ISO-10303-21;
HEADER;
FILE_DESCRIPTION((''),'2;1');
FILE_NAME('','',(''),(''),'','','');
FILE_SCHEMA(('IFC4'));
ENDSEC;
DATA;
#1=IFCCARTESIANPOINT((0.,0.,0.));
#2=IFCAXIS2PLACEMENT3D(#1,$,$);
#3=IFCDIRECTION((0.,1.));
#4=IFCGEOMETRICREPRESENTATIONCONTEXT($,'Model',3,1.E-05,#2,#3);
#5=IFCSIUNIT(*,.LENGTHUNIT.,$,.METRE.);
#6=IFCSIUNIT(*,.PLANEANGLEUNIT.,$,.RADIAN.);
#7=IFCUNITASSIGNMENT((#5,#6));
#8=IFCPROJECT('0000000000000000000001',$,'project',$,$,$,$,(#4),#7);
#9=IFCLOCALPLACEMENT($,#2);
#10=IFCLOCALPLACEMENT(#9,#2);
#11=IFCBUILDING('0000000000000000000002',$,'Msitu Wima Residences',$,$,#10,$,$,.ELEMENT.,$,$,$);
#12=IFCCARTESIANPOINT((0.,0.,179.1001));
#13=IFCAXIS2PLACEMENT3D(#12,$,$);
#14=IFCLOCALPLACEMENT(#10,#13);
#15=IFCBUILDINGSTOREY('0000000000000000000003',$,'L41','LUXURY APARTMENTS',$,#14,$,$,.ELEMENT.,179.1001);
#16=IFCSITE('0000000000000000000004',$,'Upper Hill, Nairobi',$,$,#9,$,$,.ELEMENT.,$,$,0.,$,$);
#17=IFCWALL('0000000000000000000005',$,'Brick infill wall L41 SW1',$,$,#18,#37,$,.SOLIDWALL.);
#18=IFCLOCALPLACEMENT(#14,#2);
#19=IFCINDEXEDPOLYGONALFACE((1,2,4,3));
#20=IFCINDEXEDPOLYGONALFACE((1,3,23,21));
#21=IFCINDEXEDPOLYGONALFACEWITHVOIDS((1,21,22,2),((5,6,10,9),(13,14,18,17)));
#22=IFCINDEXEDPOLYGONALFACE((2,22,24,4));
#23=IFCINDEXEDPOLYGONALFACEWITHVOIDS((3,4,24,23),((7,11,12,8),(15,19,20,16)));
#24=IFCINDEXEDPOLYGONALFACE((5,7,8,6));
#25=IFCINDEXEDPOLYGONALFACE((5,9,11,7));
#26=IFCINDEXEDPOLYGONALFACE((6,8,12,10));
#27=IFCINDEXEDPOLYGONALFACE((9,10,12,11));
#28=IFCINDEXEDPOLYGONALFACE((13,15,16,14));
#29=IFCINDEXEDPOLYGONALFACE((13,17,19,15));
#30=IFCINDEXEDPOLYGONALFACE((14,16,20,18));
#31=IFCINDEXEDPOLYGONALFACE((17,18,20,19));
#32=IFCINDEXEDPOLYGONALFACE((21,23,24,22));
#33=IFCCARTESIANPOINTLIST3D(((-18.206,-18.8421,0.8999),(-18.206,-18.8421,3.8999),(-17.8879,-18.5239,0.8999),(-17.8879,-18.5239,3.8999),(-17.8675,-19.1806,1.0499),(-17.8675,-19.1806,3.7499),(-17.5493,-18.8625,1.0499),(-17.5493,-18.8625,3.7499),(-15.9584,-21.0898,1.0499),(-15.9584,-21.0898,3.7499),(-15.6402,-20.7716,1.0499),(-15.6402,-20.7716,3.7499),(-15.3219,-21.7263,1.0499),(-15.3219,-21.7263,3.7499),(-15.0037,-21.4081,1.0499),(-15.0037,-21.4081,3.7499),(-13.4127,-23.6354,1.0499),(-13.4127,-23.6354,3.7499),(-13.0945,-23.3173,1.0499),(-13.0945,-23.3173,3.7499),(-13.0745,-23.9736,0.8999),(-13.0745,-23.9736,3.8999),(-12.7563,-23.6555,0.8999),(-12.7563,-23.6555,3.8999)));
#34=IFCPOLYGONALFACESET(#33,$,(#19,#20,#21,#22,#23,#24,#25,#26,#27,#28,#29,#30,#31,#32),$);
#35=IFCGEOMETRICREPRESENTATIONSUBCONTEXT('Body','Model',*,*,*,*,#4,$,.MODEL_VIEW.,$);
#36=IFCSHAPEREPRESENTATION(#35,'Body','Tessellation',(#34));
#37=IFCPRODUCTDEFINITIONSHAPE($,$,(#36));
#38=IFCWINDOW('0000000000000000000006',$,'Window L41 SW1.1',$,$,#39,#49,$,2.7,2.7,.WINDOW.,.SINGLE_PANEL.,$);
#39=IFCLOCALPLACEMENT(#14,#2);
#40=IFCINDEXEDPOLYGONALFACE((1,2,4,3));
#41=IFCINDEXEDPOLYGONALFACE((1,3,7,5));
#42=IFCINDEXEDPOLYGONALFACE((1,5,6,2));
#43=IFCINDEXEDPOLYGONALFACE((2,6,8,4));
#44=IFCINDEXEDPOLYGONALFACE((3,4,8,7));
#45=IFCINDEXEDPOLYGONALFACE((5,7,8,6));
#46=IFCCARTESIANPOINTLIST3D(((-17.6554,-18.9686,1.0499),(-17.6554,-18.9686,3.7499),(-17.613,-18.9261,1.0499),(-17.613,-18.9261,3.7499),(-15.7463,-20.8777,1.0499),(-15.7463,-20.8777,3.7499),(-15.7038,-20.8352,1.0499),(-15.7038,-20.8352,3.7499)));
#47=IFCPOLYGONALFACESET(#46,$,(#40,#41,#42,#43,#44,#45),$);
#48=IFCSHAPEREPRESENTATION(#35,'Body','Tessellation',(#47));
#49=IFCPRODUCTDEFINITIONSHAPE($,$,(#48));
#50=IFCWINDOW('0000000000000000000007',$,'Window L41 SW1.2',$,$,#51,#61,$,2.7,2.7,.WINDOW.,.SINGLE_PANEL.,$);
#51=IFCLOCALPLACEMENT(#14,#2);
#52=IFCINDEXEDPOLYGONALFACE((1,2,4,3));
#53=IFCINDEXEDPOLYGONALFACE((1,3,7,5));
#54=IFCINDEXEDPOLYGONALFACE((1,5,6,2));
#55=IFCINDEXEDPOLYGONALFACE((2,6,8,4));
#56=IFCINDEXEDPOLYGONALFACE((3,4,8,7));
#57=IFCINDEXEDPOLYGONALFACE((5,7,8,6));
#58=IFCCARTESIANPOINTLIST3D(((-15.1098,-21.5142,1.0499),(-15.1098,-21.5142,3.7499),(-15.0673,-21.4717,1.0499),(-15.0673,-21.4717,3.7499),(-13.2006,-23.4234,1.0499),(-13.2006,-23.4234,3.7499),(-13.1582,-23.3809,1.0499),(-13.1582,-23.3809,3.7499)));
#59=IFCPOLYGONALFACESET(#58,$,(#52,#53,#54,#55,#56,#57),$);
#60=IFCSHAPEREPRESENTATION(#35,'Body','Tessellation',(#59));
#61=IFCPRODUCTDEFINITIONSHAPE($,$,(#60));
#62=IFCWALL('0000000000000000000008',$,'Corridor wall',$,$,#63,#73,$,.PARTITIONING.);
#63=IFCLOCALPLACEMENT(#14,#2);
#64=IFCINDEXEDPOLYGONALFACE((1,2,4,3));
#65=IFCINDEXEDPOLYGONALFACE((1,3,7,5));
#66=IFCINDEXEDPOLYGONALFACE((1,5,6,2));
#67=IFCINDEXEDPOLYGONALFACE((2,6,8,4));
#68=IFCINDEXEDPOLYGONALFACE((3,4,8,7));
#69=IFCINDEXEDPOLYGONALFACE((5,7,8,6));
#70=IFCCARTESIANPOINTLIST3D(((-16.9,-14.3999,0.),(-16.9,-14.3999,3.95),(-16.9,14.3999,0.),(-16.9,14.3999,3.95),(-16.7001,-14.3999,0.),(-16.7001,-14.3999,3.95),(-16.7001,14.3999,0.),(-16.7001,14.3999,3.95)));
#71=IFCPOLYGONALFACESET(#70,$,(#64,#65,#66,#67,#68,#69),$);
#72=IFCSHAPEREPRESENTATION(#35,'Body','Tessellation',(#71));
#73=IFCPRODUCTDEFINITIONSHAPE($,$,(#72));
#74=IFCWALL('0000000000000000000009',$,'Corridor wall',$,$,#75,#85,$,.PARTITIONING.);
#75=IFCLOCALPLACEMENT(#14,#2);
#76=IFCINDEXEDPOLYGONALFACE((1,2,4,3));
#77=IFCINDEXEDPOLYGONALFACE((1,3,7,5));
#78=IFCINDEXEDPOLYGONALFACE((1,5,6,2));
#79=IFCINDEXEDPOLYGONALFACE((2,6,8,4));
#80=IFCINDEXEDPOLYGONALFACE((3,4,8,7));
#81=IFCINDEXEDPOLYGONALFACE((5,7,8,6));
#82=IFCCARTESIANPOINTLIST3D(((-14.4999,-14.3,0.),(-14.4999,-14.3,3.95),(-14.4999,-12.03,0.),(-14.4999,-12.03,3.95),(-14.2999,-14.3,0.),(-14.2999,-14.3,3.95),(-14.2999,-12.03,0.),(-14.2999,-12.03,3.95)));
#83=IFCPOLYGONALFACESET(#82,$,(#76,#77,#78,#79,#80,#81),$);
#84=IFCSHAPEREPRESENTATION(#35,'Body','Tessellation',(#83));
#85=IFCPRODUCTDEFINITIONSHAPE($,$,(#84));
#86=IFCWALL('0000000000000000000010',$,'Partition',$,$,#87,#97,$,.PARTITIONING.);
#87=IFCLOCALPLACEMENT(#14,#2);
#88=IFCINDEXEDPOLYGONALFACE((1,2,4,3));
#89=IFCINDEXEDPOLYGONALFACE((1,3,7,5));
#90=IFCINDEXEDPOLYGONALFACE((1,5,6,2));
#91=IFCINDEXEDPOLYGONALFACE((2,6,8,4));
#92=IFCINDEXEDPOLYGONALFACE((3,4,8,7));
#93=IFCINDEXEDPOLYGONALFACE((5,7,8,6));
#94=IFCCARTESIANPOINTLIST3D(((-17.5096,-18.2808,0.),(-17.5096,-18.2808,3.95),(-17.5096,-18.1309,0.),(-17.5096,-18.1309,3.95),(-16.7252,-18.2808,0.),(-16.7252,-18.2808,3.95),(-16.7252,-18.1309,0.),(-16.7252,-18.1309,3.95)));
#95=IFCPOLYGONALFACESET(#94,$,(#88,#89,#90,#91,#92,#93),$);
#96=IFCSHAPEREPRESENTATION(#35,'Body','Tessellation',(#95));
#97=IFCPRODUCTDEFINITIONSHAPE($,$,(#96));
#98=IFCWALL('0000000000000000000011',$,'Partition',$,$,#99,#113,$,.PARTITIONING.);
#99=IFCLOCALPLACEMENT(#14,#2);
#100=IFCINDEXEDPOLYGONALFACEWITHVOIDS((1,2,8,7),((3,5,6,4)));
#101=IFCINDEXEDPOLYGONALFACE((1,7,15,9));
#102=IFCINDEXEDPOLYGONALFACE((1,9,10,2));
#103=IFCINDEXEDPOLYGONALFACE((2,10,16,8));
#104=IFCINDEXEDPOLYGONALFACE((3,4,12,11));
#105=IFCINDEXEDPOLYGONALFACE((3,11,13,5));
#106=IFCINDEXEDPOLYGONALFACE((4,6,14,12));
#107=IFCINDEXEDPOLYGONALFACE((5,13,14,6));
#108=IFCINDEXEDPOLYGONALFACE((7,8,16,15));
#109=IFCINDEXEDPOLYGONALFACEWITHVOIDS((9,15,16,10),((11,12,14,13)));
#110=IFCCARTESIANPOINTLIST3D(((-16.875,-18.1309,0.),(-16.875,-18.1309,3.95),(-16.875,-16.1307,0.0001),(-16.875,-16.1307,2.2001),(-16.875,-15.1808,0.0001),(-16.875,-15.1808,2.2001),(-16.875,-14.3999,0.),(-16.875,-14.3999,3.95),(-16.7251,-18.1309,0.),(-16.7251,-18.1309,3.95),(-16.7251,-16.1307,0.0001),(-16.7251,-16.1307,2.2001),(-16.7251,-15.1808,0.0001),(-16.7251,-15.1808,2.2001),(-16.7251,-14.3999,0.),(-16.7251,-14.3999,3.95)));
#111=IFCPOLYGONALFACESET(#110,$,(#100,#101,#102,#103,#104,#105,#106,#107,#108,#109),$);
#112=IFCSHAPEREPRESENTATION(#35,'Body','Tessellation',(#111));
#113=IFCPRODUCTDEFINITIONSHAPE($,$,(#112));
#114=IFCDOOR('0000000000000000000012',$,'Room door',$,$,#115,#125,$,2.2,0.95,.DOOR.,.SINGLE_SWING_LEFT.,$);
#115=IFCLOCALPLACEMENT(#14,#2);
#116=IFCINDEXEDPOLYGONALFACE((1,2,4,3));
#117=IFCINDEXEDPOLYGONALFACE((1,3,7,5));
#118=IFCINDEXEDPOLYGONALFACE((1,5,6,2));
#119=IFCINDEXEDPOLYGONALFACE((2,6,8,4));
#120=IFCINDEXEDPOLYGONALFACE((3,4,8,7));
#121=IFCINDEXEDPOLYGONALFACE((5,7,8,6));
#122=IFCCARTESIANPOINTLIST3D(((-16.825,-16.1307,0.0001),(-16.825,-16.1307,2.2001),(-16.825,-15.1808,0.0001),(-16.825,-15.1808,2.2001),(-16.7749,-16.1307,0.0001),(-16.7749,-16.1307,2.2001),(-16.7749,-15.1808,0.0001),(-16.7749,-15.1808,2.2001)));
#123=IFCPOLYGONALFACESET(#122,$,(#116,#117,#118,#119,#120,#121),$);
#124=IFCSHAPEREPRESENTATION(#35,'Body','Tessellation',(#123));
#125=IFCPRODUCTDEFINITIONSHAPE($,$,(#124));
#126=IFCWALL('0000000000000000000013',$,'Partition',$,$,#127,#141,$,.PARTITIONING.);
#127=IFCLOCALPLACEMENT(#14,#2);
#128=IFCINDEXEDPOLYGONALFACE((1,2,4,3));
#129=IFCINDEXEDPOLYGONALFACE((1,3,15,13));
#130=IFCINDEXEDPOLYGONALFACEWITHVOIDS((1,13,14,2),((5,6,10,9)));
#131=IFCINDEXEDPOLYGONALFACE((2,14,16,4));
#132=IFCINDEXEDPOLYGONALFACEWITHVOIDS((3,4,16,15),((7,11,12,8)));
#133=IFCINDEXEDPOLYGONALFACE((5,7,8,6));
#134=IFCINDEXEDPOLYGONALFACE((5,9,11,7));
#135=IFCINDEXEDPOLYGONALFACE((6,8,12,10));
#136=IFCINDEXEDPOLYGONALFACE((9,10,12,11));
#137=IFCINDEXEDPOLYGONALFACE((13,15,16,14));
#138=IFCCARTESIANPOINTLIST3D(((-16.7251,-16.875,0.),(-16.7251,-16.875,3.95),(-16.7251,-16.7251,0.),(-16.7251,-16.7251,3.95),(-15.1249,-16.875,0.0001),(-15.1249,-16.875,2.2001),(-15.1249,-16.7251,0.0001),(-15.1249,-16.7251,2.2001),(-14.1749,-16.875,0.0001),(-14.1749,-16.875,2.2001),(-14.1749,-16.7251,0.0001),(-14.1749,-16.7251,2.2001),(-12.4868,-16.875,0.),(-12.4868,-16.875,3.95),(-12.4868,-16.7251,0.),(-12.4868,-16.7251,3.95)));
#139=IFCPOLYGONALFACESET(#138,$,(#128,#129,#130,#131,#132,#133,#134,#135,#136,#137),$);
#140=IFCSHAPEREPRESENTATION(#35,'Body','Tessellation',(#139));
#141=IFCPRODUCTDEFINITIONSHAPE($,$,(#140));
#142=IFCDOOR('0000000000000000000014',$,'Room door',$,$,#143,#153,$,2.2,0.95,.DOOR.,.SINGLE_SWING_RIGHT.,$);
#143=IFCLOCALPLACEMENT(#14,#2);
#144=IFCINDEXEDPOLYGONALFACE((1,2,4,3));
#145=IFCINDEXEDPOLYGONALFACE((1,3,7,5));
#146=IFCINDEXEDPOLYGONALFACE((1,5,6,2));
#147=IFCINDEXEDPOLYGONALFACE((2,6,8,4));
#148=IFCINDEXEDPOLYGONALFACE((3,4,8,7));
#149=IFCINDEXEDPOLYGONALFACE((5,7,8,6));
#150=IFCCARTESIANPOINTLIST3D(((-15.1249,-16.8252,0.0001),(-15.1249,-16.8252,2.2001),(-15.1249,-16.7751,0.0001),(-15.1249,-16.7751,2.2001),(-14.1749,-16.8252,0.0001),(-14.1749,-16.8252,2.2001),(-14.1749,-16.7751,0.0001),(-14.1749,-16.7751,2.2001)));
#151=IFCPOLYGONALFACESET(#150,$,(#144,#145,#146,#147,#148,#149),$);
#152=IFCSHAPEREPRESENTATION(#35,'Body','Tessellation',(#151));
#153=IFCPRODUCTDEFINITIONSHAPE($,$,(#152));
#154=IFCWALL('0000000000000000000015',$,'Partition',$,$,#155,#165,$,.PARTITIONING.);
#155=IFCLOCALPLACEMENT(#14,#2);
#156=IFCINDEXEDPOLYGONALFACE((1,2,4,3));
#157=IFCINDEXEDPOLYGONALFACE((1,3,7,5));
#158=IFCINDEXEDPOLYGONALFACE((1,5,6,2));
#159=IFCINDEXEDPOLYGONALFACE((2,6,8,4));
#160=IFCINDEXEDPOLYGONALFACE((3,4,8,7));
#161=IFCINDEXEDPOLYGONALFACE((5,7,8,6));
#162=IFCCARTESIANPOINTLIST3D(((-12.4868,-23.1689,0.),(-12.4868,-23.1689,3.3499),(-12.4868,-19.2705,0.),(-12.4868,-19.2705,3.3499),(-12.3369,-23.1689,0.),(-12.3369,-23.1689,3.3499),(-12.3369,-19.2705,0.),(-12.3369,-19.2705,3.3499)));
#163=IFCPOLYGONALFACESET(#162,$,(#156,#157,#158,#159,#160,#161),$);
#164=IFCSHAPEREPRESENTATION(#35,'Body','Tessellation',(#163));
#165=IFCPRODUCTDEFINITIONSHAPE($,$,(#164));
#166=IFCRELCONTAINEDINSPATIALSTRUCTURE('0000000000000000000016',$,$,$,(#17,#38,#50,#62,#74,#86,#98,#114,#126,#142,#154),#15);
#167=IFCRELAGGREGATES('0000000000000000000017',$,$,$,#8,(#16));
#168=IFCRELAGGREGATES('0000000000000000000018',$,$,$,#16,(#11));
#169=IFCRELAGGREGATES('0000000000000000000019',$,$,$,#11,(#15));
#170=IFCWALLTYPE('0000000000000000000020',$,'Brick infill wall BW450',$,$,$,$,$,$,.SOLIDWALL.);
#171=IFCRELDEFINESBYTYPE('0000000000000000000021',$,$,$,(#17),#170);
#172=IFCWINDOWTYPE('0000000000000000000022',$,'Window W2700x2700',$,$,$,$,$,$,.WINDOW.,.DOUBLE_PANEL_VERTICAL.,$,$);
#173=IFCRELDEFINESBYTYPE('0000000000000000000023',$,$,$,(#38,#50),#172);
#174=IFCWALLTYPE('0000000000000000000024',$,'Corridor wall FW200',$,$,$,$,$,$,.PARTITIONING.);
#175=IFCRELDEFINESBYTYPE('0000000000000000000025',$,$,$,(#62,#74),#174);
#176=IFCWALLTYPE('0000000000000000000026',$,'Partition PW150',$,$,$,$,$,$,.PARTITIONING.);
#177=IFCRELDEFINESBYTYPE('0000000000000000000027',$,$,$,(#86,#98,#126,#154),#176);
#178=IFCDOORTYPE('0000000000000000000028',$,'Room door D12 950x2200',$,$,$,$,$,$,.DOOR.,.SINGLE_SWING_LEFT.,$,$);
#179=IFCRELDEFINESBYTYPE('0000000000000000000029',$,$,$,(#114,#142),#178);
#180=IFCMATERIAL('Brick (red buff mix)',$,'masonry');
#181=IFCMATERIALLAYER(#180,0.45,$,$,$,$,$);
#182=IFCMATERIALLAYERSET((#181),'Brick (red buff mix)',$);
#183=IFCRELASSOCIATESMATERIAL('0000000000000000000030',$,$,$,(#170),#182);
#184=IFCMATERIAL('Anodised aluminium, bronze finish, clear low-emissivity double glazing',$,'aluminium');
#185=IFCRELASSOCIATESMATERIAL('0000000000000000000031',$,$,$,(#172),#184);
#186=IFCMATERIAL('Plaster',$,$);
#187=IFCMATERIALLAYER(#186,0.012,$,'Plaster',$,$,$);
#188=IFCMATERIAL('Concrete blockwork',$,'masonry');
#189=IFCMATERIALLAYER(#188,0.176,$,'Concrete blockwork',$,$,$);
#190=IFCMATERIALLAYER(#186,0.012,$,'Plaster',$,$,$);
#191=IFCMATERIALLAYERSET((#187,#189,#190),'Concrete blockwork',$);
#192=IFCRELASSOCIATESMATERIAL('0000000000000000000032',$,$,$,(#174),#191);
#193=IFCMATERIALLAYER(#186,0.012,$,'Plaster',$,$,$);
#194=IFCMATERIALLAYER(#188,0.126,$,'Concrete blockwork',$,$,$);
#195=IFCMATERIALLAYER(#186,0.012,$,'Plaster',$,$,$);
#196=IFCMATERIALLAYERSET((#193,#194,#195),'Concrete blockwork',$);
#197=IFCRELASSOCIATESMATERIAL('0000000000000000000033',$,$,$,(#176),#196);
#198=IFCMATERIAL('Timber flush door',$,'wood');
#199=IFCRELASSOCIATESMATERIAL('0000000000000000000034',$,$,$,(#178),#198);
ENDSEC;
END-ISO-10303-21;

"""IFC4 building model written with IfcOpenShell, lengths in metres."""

from ifc_helpers import new_model, si_unit, direction, frame, frame_2d, origin, place, context, subcontext, project, spatial, rectangle, extrude, material, layer, layer_set, type_object, element, fill, save


model = new_model("IFC4")

# Units and contexts
model_context = context("Model", 3, precision=1e-05, world=origin(), true_north=direction((0.0, 1.0)))
body_context = subcontext(model_context, "Body", "Model", "MODEL_VIEW")
ifc_project = project(units=[si_unit("LENGTHUNIT", "METRE"), si_unit("PLANEANGLEUNIT", "RADIAN")], contexts=[model_context])

# Site, building, storey
site_placement = place(None, origin())
site = spatial("IfcSite", under=ifc_project, at=site_placement, Name="Upper Hill, Nairobi", CompositionType="ELEMENT", RefElevation=0.0)
building_placement = place(site_placement, origin())
building = spatial("IfcBuilding", under=site, at=building_placement, Name="Msitu Wima Residences", CompositionType="ELEMENT")
storey_placement = place(building_placement, frame((0.0, 0.0, 179.1001)))
storey = spatial("IfcBuildingStorey", under=building, at=storey_placement, Name="L41", Description="LUXURY APARTMENTS", CompositionType="ELEMENT", Elevation=179.1001)

# Shared definitions
ifc_material_1 = material(Name="Brick (red buff mix)", Category="masonry")
ifc_layer_1 = layer(ifc_material_1, 0.45)
ifc_layer_set_1 = layer_set([ifc_layer_1], Name="Brick (red buff mix)")
wall_type_1 = type_object("IfcWallType", Name="Brick infill wall BW450", PredefinedType="SOLIDWALL", material=ifc_layer_set_1)
ifc_material_2 = material(Name="Anodised aluminium, bronze finish, clear low-emissivity double glazing", Category="aluminium")
window_type = type_object("IfcWindowType", Name="Window W2700x2700", PartitioningType="DOUBLE_PANEL_VERTICAL", PredefinedType="WINDOW", material=ifc_material_2)

# Wall, openings, windows
wall_1_placement = place(storey_placement, frame((-18.0469, -18.6831, 0.8999), z_axis=(0.0, 0.0, 1.0), x_axis=(0.707107, -0.707107, 0.0)))
wall_1 = element("IfcWall", 1, at=wall_1_placement, inside=storey, type_object=wall_type_1, Name="Brick infill wall L41 SW1", PredefinedType="SOLIDWALL", context=body_context, shape_type="SweptSolid", body=[
    extrude(rectangle(XDim=7.2571, YDim=0.45, at=frame_2d((3.6284, 0.0))), origin(), (0.0, 0.0, 1.0), 3.0),
])
opening_1_placement = place(wall_1_placement, frame((0.4785, 0.0, 0.1499)))
opening_1 = element("IfcOpeningElement", 2, at=opening_1_placement, cuts=wall_1, PredefinedType="OPENING", context=body_context, shape_type="SweptSolid", body=[
    extrude(rectangle(XDim=2.7, YDim=2.7, at=frame_2d((1.3501, 1.3501))), frame((0.0, 0.2349, 0.0), z_axis=(0.0, -1.0, 0.0), x_axis=(1.0, 0.0, 0.0)), (0.0, 0.0, 1.0), 0.47),
])
opening_2_placement = place(wall_1_placement, frame((4.0786, 0.0, 0.1499)))
opening_2 = element("IfcOpeningElement", 3, at=opening_2_placement, cuts=wall_1, PredefinedType="OPENING", context=body_context, shape_type="SweptSolid", body=[
    extrude(rectangle(XDim=2.7, YDim=2.7, at=frame_2d((1.3501, 1.3501))), frame((0.0, 0.2349, 0.0), z_axis=(0.0, -1.0, 0.0), x_axis=(1.0, 0.0, 0.0)), (0.0, 0.0, 1.0), 0.47),
])
window_1_placement = place(opening_1_placement, origin())
window_1 = element("IfcWindow", 4, at=window_1_placement, inside=storey, type_object=window_type, Name="Window L41 SW1.1", OverallHeight=2.7, OverallWidth=2.7, PartitioningType="SINGLE_PANEL", PredefinedType="WINDOW", context=body_context, shape_type="SweptSolid", body=[
    extrude(rectangle(XDim=2.7, YDim=2.7, at=frame_2d((1.3501, 1.3501))), frame((0.0, 0.135, 0.0), z_axis=(0.0, -1.0, 0.0), x_axis=(1.0, 0.0, 0.0)), (0.0, 0.0, 1.0), 0.0601),
])
fill(opening_1, window_1)
window_2_placement = place(opening_2_placement, origin())
window_2 = element("IfcWindow", 5, at=window_2_placement, inside=storey, type_object=window_type, Name="Window L41 SW1.2", OverallHeight=2.7, OverallWidth=2.7, PartitioningType="SINGLE_PANEL", PredefinedType="WINDOW", context=body_context, shape_type="SweptSolid", body=[
    extrude(rectangle(XDim=2.7, YDim=2.7, at=frame_2d((1.3501, 1.3501))), frame((0.0, 0.135, 0.0), z_axis=(0.0, -1.0, 0.0), x_axis=(1.0, 0.0, 0.0)), (0.0, 0.0, 1.0), 0.0601),
])
fill(opening_2, window_2)

# Wall
ifc_material_3 = material(Name="Plaster")
ifc_layer_2 = layer(ifc_material_3, 0.012, Name="Plaster")
ifc_material_4 = material(Name="Concrete blockwork", Category="masonry")
ifc_layer_3 = layer(ifc_material_4, 0.176, Name="Concrete blockwork")
ifc_layer_4 = layer(ifc_material_3, 0.012, Name="Plaster")
ifc_layer_set_2 = layer_set([ifc_layer_2, ifc_layer_3, ifc_layer_4], Name="Concrete blockwork")
wall_type_2 = type_object("IfcWallType", Name="Corridor wall FW200", PredefinedType="PARTITIONING", material=ifc_layer_set_2)
wall_2_placement = place(storey_placement, frame((-16.8, -14.3999, 0.0), z_axis=(0.0, 0.0, 1.0), x_axis=(0.0, 1.0, 0.0)))
element("IfcWall", 6, at=wall_2_placement, inside=storey, type_object=wall_type_2, Name="Corridor wall", PredefinedType="PARTITIONING", context=body_context, shape_type="SweptSolid", body=[
    extrude(rectangle(XDim=28.7998, YDim=0.2, at=frame_2d((14.3999, 0.0))), origin(), (0.0, 0.0, 1.0), 3.95),
])

# Walls
wall_3_placement = place(storey_placement, frame((-14.3999, -14.3, 0.0), z_axis=(0.0, 0.0, 1.0), x_axis=(0.0, 1.0, 0.0)))
element("IfcWall", 7, at=wall_3_placement, inside=storey, type_object=wall_type_2, Name="Corridor wall", PredefinedType="PARTITIONING", context=body_context, shape_type="SweptSolid", body=[
    extrude(rectangle(XDim=2.27, YDim=0.2, at=frame_2d((1.135, 0.0))), origin(), (0.0, 0.0, 1.0), 3.95),
])
ifc_layer_5 = layer(ifc_material_3, 0.012, Name="Plaster")
ifc_layer_6 = layer(ifc_material_4, 0.126, Name="Concrete blockwork")
ifc_layer_7 = layer(ifc_material_3, 0.012, Name="Plaster")
ifc_layer_set_3 = layer_set([ifc_layer_5, ifc_layer_6, ifc_layer_7], Name="Concrete blockwork")
wall_type_3 = type_object("IfcWallType", Name="Partition PW150", PredefinedType="PARTITIONING", material=ifc_layer_set_3)
wall_4_placement = place(storey_placement, frame((-17.5095, -18.2058, 0.0), z_axis=(0.0, 0.0, 1.0), x_axis=(1.0, 0.0, 0.0)))
element("IfcWall", 8, at=wall_4_placement, inside=storey, type_object=wall_type_3, Name="Partition", PredefinedType="PARTITIONING", context=body_context, shape_type="SweptSolid", body=[
    extrude(rectangle(XDim=0.7844, YDim=0.1499, at=frame_2d((0.3921, 0.0))), origin(), (0.0, 0.0, 1.0), 3.95),
])

# Walls, openings, doors
wall_5_placement = place(storey_placement, frame((-16.8, -18.1309, 0.0), z_axis=(0.0, 0.0, 1.0), x_axis=(0.0, 1.0, 0.0)))
wall_5 = element("IfcWall", 9, at=wall_5_placement, inside=storey, type_object=wall_type_3, Name="Partition", PredefinedType="PARTITIONING", context=body_context, shape_type="SweptSolid", body=[
    extrude(rectangle(XDim=3.731, YDim=0.1499, at=frame_2d((1.8655, 0.0))), origin(), (0.0, 0.0, 1.0), 3.95),
])
opening_3_placement = place(wall_5_placement, frame((2.0, 0.0, 0.0)))
opening_3 = element("IfcOpeningElement", 10, at=opening_3_placement, cuts=wall_5, PredefinedType="OPENING", context=body_context, shape_type="SweptSolid", body=[
    extrude(rectangle(XDim=0.95, YDim=2.2, at=frame_2d((0.4751, 1.1001))), frame((0.0, 0.085, 0.0), z_axis=(0.0, -1.0, 0.0), x_axis=(1.0, 0.0, 0.0)), (0.0, 0.0, 1.0), 0.1699),
])
ifc_material_5 = material(Name="Timber flush door", Category="wood")
door_type_1 = type_object("IfcDoorType", Name="Room door D12 950x2200", OperationType="SINGLE_SWING_LEFT", PredefinedType="DOOR", material=ifc_material_5)
door_1_placement = place(opening_3_placement, origin())
door_1 = element("IfcDoor", 11, at=door_1_placement, inside=storey, type_object=door_type_1, Name="Room door", OperationType="SINGLE_SWING_LEFT", OverallHeight=2.2, OverallWidth=0.95, PredefinedType="DOOR", context=body_context, shape_type="SweptSolid", body=[
    extrude(rectangle(XDim=0.95, YDim=2.2, at=frame_2d((0.4751, 1.1001))), frame((0.0, 0.0249, 0.0), z_axis=(0.0, -1.0, 0.0), x_axis=(1.0, 0.0, 0.0)), (0.0, 0.0, 1.0), 0.05),
])
fill(opening_3, door_1)
wall_6_placement = place(storey_placement, frame((-16.7251, -16.8, 0.0), z_axis=(0.0, 0.0, 1.0), x_axis=(1.0, 0.0, 0.0)))
wall_6 = element("IfcWall", 12, at=wall_6_placement, inside=storey, type_object=wall_type_3, Name="Partition", PredefinedType="PARTITIONING", context=body_context, shape_type="SweptSolid", body=[
    extrude(rectangle(XDim=4.2383, YDim=0.1499, at=frame_2d((2.1191, 0.0))), origin(), (0.0, 0.0, 1.0), 3.95),
])
opening_4_placement = place(wall_6_placement, frame((1.6001, 0.0, 0.0)))
opening_4 = element("IfcOpeningElement", 13, at=opening_4_placement, cuts=wall_6, PredefinedType="OPENING", context=body_context, shape_type="SweptSolid", body=[
    extrude(rectangle(XDim=0.95, YDim=2.2, at=frame_2d((0.4751, 1.1001))), frame((0.0, 0.085, 0.0), z_axis=(0.0, -1.0, 0.0), x_axis=(1.0, 0.0, 0.0)), (0.0, 0.0, 1.0), 0.1699),
])
door_2_placement = place(opening_4_placement, origin())
door_2 = element("IfcDoor", 14, at=door_2_placement, inside=storey, type_object=door_type_1, Name="Room door", OperationType="SINGLE_SWING_RIGHT", OverallHeight=2.2, OverallWidth=0.95, PredefinedType="DOOR", context=body_context, shape_type="SweptSolid", body=[
    extrude(rectangle(XDim=0.95, YDim=2.2, at=frame_2d((0.4751, 1.1001))), frame((0.0, 0.0249, 0.0), z_axis=(0.0, -1.0, 0.0), x_axis=(1.0, 0.0, 0.0)), (0.0, 0.0, 1.0), 0.05),
])
fill(opening_4, door_2)

# Wall
wall_7_placement = place(storey_placement, frame((-12.4119, -23.1689, 0.0), z_axis=(0.0, 0.0, 1.0), x_axis=(0.0, 1.0, 0.0)))
element("IfcWall", 15, at=wall_7_placement, inside=storey, type_object=wall_type_3, Name="Partition", PredefinedType="PARTITIONING", context=body_context, shape_type="SweptSolid", body=[
    extrude(rectangle(XDim=3.8984, YDim=0.1499, at=frame_2d((1.9492, 0.0))), origin(), (0.0, 0.0, 1.0), 3.3499),
])

save(model, "model.ifc")
